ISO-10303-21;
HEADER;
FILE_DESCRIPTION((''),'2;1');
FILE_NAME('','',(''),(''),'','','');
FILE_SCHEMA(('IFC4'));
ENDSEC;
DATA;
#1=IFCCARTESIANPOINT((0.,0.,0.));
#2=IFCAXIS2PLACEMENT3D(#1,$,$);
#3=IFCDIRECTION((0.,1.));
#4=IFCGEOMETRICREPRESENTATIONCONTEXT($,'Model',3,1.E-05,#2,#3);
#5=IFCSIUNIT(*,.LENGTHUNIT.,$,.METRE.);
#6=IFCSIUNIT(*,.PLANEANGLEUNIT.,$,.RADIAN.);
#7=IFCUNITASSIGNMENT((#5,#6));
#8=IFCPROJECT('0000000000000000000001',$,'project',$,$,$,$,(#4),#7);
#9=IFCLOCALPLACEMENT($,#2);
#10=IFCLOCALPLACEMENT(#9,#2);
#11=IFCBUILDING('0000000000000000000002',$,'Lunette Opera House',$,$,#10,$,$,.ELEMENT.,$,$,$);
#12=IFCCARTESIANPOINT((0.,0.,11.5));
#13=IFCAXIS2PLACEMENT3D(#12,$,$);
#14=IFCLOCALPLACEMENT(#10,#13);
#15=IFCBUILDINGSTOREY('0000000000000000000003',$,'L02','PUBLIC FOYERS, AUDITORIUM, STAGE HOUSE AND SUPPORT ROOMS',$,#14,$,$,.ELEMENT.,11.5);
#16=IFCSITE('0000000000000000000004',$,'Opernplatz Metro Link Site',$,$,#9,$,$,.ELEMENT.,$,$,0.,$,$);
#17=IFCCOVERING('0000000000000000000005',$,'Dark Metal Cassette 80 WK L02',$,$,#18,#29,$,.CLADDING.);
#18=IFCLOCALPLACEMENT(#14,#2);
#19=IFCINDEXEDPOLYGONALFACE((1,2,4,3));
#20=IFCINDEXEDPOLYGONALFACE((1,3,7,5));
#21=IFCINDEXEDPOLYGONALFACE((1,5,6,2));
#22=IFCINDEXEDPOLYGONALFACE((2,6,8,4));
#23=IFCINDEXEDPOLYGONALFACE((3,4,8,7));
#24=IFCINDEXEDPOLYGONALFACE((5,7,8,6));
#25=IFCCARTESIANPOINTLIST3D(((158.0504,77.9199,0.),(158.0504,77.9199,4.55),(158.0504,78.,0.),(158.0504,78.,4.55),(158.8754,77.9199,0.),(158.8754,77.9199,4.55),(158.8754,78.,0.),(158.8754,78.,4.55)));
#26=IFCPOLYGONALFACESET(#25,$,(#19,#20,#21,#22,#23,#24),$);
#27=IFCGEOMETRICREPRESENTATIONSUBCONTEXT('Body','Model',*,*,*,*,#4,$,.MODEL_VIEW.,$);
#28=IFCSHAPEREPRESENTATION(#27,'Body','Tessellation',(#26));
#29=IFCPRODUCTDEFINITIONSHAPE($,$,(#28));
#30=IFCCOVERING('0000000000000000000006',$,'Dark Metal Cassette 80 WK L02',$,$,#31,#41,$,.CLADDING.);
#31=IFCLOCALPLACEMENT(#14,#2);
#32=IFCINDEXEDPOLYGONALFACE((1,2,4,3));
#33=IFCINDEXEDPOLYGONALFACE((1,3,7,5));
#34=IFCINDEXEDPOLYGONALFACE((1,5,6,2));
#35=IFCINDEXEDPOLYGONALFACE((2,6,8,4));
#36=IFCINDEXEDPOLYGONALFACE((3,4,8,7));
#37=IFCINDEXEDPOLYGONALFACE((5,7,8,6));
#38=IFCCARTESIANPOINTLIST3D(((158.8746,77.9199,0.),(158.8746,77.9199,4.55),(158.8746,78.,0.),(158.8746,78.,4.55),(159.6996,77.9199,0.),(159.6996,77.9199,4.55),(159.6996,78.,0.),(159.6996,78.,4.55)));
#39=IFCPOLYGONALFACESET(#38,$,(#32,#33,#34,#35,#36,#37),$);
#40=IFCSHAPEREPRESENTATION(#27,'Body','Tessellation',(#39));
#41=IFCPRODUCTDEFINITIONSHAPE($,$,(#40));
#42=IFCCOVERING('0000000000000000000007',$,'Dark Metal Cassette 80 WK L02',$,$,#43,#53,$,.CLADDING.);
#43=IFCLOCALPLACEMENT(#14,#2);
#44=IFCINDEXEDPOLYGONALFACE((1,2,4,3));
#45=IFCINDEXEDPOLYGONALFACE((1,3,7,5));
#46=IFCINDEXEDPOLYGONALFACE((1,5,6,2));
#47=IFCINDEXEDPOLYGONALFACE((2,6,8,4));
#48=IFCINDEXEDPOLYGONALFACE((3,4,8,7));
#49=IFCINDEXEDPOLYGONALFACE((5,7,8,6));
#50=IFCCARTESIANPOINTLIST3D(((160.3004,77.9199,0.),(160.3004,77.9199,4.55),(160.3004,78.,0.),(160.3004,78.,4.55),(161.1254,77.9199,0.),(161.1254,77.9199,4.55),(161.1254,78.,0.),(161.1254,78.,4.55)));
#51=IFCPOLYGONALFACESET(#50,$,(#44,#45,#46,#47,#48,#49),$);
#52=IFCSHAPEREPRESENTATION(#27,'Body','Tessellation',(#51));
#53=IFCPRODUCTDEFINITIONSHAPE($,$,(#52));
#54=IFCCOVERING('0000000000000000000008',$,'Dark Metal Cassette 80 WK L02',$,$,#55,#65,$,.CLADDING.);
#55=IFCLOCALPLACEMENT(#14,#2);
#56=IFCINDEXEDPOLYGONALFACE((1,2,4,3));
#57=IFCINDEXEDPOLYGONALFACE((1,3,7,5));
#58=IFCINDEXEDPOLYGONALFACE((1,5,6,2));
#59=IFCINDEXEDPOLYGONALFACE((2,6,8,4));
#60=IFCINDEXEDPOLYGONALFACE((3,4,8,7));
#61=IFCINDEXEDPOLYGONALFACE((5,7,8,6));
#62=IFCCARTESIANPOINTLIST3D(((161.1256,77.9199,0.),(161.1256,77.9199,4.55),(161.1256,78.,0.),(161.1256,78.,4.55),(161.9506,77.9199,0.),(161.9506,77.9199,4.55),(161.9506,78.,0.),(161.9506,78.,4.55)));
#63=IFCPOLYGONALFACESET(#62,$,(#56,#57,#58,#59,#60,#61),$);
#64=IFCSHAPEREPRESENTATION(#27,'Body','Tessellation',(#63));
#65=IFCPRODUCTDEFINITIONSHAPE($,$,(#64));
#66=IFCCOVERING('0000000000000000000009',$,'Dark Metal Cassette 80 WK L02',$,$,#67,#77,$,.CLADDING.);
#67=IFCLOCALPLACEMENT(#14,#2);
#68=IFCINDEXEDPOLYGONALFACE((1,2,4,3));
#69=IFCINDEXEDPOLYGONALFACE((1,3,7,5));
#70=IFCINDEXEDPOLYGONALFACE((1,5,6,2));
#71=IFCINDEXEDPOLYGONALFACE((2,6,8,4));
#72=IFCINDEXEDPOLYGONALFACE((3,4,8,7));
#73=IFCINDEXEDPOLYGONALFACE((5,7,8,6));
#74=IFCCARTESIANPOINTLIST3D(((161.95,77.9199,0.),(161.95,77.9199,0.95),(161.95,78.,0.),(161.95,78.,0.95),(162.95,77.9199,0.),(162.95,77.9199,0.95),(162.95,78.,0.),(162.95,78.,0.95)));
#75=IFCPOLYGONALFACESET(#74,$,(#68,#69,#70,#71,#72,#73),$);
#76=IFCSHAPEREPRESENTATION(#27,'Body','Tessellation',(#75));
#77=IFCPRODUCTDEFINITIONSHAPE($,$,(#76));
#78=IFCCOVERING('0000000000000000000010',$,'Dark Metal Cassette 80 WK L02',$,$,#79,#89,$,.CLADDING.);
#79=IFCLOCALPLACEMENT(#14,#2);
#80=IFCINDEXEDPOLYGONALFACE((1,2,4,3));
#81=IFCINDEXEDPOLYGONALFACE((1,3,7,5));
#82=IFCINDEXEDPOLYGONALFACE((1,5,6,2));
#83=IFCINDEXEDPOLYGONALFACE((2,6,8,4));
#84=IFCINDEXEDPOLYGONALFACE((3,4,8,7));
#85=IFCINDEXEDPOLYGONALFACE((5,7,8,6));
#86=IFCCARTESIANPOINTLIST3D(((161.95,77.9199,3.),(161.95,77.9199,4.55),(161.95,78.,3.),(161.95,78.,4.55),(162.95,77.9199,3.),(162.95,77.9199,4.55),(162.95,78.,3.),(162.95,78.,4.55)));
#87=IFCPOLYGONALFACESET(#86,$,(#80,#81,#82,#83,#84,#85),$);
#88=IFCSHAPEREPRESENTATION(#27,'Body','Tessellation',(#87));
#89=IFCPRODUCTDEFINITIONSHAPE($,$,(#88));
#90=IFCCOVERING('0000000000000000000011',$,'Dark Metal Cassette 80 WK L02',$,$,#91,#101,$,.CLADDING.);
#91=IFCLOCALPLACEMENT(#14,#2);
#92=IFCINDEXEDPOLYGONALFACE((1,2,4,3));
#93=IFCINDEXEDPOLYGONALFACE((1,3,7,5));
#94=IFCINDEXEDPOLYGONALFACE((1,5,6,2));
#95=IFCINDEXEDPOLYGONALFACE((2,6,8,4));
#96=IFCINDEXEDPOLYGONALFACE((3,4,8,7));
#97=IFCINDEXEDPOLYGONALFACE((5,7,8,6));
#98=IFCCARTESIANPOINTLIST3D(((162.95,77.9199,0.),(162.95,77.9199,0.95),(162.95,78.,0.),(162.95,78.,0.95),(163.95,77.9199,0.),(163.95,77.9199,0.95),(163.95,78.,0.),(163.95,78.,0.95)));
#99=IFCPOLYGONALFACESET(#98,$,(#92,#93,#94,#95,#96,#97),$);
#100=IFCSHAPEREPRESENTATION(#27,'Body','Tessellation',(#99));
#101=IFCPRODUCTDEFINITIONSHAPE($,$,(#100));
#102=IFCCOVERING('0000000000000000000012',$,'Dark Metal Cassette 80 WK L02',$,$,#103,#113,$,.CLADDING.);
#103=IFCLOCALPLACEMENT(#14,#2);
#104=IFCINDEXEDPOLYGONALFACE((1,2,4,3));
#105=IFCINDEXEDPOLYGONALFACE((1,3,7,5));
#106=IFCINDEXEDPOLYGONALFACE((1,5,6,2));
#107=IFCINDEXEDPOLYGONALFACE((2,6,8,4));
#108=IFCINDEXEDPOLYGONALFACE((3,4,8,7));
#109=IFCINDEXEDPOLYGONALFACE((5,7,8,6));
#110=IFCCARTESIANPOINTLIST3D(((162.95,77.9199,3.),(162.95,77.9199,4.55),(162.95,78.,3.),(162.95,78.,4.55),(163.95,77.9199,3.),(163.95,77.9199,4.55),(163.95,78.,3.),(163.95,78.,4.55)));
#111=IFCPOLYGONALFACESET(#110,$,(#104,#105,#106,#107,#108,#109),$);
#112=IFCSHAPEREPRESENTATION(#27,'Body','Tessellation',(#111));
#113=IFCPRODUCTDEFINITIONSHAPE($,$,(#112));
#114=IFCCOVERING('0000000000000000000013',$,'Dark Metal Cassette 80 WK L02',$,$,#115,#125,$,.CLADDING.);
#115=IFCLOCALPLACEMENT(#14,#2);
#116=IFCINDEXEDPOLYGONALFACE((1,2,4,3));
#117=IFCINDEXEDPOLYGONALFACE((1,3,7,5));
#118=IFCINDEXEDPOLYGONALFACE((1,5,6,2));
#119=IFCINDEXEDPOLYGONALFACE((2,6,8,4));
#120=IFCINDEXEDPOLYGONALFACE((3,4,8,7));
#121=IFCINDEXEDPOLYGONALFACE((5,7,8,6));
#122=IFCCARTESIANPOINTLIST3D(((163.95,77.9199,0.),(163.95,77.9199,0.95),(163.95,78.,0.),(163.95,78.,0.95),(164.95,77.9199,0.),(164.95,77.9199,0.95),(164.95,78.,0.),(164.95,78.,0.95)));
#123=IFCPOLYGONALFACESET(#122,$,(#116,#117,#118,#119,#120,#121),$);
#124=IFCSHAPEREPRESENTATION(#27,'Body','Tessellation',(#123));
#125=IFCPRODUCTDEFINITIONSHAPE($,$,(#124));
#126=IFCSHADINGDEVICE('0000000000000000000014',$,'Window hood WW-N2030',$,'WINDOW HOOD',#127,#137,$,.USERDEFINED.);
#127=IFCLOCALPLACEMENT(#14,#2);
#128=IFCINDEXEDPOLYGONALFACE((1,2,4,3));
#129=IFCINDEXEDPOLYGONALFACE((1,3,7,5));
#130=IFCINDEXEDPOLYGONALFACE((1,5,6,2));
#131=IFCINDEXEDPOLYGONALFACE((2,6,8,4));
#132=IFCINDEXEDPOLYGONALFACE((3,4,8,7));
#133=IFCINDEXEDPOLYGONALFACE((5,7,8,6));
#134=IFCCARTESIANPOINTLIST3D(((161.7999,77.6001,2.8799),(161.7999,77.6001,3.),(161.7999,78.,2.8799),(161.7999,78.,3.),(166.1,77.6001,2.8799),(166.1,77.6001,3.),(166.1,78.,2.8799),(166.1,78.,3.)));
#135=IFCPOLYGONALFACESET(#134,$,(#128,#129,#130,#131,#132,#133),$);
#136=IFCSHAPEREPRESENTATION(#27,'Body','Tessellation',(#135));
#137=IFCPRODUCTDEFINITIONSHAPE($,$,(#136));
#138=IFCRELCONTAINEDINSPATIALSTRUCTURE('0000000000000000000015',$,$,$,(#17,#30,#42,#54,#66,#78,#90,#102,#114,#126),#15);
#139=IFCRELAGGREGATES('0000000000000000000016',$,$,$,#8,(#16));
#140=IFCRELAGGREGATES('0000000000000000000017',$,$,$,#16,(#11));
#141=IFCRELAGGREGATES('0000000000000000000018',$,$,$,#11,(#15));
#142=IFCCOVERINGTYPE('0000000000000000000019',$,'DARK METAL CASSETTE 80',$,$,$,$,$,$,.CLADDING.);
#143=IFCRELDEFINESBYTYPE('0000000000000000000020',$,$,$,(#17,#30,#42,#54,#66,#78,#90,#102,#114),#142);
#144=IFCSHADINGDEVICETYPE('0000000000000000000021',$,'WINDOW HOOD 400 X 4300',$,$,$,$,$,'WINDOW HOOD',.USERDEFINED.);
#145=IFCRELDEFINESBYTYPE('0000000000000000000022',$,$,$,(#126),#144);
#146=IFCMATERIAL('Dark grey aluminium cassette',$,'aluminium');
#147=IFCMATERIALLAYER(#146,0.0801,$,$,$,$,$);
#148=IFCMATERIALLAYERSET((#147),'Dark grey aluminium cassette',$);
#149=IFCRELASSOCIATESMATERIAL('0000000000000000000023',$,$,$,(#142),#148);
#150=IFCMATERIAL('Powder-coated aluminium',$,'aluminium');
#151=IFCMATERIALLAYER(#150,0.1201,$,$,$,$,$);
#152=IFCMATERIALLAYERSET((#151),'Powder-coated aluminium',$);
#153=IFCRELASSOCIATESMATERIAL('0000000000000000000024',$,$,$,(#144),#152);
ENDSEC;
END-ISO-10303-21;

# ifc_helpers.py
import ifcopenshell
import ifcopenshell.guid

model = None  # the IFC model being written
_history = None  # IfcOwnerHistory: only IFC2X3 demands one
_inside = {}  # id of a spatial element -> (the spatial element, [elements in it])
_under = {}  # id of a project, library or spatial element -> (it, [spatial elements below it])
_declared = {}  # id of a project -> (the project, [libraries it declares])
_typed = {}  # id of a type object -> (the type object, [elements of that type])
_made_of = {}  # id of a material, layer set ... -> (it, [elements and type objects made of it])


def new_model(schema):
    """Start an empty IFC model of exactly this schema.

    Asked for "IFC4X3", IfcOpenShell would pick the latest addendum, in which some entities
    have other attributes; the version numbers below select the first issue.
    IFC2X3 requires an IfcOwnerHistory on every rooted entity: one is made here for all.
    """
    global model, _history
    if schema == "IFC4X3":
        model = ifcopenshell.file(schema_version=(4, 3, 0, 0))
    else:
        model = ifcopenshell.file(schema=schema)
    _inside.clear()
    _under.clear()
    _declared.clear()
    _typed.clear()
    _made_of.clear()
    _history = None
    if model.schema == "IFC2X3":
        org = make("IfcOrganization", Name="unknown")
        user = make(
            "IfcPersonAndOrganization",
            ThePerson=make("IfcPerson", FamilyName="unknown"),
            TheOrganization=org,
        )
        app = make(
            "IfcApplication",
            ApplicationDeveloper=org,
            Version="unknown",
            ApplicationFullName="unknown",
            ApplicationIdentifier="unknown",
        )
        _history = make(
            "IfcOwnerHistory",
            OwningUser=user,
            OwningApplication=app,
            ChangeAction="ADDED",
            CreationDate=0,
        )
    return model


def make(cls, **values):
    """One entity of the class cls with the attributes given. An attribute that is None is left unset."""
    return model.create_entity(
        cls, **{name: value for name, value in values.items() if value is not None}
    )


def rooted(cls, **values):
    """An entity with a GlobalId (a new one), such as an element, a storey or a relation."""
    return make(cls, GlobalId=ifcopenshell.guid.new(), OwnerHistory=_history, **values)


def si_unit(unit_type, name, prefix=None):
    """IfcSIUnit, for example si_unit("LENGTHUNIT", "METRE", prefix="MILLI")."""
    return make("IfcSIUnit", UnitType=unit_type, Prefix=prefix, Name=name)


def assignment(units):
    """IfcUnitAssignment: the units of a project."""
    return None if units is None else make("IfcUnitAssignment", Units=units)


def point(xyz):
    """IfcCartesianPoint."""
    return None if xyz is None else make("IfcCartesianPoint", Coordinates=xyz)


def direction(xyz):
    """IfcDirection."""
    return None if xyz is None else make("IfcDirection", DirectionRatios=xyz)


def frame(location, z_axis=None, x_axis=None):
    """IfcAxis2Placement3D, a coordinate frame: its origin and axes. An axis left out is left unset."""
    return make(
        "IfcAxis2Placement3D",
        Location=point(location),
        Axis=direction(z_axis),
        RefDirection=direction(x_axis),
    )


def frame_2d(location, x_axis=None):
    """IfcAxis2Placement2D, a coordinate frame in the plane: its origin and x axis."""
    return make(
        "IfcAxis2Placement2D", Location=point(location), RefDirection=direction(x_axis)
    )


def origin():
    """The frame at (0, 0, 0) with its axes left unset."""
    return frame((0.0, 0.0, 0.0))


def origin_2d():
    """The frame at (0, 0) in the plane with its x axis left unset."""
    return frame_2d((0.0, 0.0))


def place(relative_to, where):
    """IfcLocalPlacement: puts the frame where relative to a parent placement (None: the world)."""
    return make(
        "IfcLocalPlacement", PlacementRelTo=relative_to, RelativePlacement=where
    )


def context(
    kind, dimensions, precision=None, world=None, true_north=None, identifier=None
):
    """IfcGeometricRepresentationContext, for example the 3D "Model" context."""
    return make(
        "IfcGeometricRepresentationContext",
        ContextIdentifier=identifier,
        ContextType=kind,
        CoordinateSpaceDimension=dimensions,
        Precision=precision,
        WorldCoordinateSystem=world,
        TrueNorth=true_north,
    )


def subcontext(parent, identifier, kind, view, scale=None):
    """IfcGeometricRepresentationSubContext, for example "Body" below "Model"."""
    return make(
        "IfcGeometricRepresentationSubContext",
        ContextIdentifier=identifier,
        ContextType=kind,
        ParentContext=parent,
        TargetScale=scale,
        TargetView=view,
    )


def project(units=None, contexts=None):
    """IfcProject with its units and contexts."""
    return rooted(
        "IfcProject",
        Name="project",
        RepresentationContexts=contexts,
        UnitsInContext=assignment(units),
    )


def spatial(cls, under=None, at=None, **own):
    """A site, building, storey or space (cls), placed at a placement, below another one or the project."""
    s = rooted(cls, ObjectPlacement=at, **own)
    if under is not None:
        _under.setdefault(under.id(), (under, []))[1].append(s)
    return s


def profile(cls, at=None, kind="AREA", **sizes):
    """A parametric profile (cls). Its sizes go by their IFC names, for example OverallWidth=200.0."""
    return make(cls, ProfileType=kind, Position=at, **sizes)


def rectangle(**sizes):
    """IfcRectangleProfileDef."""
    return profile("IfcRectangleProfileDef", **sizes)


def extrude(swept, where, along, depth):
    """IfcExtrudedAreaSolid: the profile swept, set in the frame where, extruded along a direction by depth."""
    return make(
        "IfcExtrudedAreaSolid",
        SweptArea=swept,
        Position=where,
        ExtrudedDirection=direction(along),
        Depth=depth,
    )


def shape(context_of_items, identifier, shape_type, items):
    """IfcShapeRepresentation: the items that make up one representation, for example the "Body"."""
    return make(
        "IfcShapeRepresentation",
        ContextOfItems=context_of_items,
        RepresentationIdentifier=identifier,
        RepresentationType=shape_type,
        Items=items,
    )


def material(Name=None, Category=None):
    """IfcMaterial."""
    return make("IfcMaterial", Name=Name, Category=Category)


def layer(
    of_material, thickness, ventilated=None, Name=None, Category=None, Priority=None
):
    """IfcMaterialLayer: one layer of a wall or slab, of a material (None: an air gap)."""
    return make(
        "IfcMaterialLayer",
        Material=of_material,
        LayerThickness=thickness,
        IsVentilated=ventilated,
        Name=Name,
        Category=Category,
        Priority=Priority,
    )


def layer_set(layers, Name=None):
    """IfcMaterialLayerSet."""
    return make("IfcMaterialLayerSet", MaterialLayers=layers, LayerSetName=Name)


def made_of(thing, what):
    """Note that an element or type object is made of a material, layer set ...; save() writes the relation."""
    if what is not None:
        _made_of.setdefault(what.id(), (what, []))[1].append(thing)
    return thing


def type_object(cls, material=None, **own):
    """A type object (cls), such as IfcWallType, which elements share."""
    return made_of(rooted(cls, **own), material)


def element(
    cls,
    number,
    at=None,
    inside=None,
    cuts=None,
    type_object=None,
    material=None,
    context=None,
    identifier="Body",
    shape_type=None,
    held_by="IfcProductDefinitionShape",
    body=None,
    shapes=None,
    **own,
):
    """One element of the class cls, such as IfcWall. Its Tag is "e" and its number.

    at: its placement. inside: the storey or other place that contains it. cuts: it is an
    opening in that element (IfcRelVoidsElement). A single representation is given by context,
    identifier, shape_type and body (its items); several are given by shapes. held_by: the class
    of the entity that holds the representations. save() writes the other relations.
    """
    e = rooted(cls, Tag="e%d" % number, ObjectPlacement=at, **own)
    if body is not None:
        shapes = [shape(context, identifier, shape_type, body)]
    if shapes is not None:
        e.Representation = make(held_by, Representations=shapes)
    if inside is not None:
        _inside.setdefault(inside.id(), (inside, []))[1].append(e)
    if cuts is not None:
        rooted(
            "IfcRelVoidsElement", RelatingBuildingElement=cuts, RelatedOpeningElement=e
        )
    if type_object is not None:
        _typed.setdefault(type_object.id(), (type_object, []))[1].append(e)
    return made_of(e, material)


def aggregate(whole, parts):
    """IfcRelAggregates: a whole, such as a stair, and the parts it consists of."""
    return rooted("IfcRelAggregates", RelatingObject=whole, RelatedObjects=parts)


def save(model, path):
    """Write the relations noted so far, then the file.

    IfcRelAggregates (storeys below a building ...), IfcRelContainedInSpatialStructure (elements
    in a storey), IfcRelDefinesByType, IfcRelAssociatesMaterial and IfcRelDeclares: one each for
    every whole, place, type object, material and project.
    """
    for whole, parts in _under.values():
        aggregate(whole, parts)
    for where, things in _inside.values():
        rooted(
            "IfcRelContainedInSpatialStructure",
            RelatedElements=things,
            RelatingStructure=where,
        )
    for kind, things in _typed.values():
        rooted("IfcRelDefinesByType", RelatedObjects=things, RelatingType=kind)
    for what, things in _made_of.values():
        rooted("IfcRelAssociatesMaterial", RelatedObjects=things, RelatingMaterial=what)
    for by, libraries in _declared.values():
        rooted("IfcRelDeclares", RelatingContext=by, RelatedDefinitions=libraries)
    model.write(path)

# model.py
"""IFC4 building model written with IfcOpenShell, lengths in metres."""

from ifc_helpers import new_model, si_unit, direction, frame, origin, origin_2d, place, context, subcontext, project, spatial, rectangle, extrude, material, layer, layer_set, type_object, element, save


model = new_model("IFC4")

# Units and contexts
model_context = context("Model", 3, precision=1e-05, world=origin(), true_north=direction((0.0, 1.0)))
body_context = subcontext(model_context, "Body", "Model", "MODEL_VIEW")
ifc_project = project(units=[si_unit("LENGTHUNIT", "METRE"), si_unit("PLANEANGLEUNIT", "RADIAN")], contexts=[model_context])

# Site, building, storey
site_placement = place(None, origin())
site = spatial("IfcSite", under=ifc_project, at=site_placement, Name="Opernplatz Metro Link Site", CompositionType="ELEMENT", RefElevation=0.0)
building_placement = place(site_placement, origin())
building = spatial("IfcBuilding", under=site, at=building_placement, Name="Lunette Opera House", CompositionType="ELEMENT")
storey_placement = place(building_placement, frame((0.0, 0.0, 11.5)))
storey = spatial("IfcBuildingStorey", under=building, at=storey_placement, Name="L02", Description="PUBLIC FOYERS, AUDITORIUM, STAGE HOUSE AND SUPPORT ROOMS", CompositionType="ELEMENT", Elevation=11.5)

# Coverings
ifc_material_1 = material(Name="Dark grey aluminium cassette", Category="aluminium")
ifc_layer_1 = layer(ifc_material_1, 0.0801)
ifc_layer_set_1 = layer_set([ifc_layer_1], Name="Dark grey aluminium cassette")
covering_type = type_object("IfcCoveringType", Name="DARK METAL CASSETTE 80", PredefinedType="CLADDING", material=ifc_layer_set_1)
for number, where, z_axis, x_axis, name in (
    (1, (158.4629, 77.96, 0.0), (0.0, 0.0, 1.0), (1.0, 0.0, 0.0), "Dark Metal Cassette 80 WK L02"),
    (2, (159.2871, 77.96, 0.0), (0.0, 0.0, 1.0), (1.0, 0.0, 0.0), "Dark Metal Cassette 80 WK L02"),
    (3, (160.7129, 77.96, 0.0), (0.0, 0.0, 1.0), (1.0, 0.0, 0.0), "Dark Metal Cassette 80 WK L02"),
    (4, (161.5381, 77.96, 0.0), (0.0, 0.0, 1.0), (1.0, 0.0, 0.0), "Dark Metal Cassette 80 WK L02"),
):
    element("IfcCovering", number, at=place(storey_placement, frame(where, z_axis=z_axis, x_axis=x_axis)), inside=storey, type_object=covering_type, Name=name, PredefinedType="CLADDING", context=body_context, shape_type="SweptSolid", body=[
        extrude(rectangle(XDim=0.825, YDim=0.0801, at=origin_2d()), origin(), (0.0, 0.0, 1.0), 4.55),
    ])
covering_1_placement = place(storey_placement, frame((162.45, 77.96, 0.0), z_axis=(0.0, 0.0, 1.0), x_axis=(1.0, 0.0, 0.0)))
element("IfcCovering", 5, at=covering_1_placement, inside=storey, type_object=covering_type, Name="Dark Metal Cassette 80 WK L02", PredefinedType="CLADDING", context=body_context, shape_type="SweptSolid", body=[
    extrude(rectangle(XDim=1.0, YDim=0.0801, at=origin_2d()), origin(), (0.0, 0.0, 1.0), 0.95),
])
covering_2_placement = place(storey_placement, frame((162.45, 77.96, 3.0), z_axis=(0.0, 0.0, 1.0), x_axis=(1.0, 0.0, 0.0)))
element("IfcCovering", 6, at=covering_2_placement, inside=storey, type_object=covering_type, Name="Dark Metal Cassette 80 WK L02", PredefinedType="CLADDING", context=body_context, shape_type="SweptSolid", body=[
    extrude(rectangle(XDim=1.0, YDim=0.0801, at=origin_2d()), origin(), (0.0, 0.0, 1.0), 1.55),
])
covering_3_placement = place(storey_placement, frame((163.45, 77.96, 0.0), z_axis=(0.0, 0.0, 1.0), x_axis=(1.0, 0.0, 0.0)))
element("IfcCovering", 7, at=covering_3_placement, inside=storey, type_object=covering_type, Name="Dark Metal Cassette 80 WK L02", PredefinedType="CLADDING", context=body_context, shape_type="SweptSolid", body=[
    extrude(rectangle(XDim=1.0, YDim=0.0801, at=origin_2d()), origin(), (0.0, 0.0, 1.0), 0.95),
])
covering_4_placement = place(storey_placement, frame((163.45, 77.96, 3.0), z_axis=(0.0, 0.0, 1.0), x_axis=(1.0, 0.0, 0.0)))
element("IfcCovering", 8, at=covering_4_placement, inside=storey, type_object=covering_type, Name="Dark Metal Cassette 80 WK L02", PredefinedType="CLADDING", context=body_context, shape_type="SweptSolid", body=[
    extrude(rectangle(XDim=1.0, YDim=0.0801, at=origin_2d()), origin(), (0.0, 0.0, 1.0), 1.55),
])
covering_5_placement = place(storey_placement, frame((164.45, 77.96, 0.0), z_axis=(0.0, 0.0, 1.0), x_axis=(1.0, 0.0, 0.0)))
element("IfcCovering", 9, at=covering_5_placement, inside=storey, type_object=covering_type, Name="Dark Metal Cassette 80 WK L02", PredefinedType="CLADDING", context=body_context, shape_type="SweptSolid", body=[
    extrude(rectangle(XDim=1.0, YDim=0.0801, at=origin_2d()), origin(), (0.0, 0.0, 1.0), 0.95),
])

# Shading device
ifc_material_2 = material(Name="Powder-coated aluminium", Category="aluminium")
ifc_layer_2 = layer(ifc_material_2, 0.1201)
ifc_layer_set_2 = layer_set([ifc_layer_2], Name="Powder-coated aluminium")
shading_device_type = type_object("IfcShadingDeviceType", Name="WINDOW HOOD 400 X 4300", ElementType="WINDOW HOOD", PredefinedType="USERDEFINED", material=ifc_layer_set_2)
shading_device_placement = place(storey_placement, frame((163.95, 77.8, 2.8799), z_axis=(0.0, 0.0, 1.0), x_axis=(0.0, -1.0, 0.0)))
element("IfcShadingDevice", 10, at=shading_device_placement, inside=storey, type_object=shading_device_type, Name="Window hood WW-N2030", ObjectType="WINDOW HOOD", PredefinedType="USERDEFINED", context=body_context, shape_type="SweptSolid", body=[
    extrude(rectangle(XDim=0.3999, YDim=4.3, at=origin_2d()), origin(), (0.0, 0.0, 1.0), 0.1201),
])

save(model, "model.ifc")
